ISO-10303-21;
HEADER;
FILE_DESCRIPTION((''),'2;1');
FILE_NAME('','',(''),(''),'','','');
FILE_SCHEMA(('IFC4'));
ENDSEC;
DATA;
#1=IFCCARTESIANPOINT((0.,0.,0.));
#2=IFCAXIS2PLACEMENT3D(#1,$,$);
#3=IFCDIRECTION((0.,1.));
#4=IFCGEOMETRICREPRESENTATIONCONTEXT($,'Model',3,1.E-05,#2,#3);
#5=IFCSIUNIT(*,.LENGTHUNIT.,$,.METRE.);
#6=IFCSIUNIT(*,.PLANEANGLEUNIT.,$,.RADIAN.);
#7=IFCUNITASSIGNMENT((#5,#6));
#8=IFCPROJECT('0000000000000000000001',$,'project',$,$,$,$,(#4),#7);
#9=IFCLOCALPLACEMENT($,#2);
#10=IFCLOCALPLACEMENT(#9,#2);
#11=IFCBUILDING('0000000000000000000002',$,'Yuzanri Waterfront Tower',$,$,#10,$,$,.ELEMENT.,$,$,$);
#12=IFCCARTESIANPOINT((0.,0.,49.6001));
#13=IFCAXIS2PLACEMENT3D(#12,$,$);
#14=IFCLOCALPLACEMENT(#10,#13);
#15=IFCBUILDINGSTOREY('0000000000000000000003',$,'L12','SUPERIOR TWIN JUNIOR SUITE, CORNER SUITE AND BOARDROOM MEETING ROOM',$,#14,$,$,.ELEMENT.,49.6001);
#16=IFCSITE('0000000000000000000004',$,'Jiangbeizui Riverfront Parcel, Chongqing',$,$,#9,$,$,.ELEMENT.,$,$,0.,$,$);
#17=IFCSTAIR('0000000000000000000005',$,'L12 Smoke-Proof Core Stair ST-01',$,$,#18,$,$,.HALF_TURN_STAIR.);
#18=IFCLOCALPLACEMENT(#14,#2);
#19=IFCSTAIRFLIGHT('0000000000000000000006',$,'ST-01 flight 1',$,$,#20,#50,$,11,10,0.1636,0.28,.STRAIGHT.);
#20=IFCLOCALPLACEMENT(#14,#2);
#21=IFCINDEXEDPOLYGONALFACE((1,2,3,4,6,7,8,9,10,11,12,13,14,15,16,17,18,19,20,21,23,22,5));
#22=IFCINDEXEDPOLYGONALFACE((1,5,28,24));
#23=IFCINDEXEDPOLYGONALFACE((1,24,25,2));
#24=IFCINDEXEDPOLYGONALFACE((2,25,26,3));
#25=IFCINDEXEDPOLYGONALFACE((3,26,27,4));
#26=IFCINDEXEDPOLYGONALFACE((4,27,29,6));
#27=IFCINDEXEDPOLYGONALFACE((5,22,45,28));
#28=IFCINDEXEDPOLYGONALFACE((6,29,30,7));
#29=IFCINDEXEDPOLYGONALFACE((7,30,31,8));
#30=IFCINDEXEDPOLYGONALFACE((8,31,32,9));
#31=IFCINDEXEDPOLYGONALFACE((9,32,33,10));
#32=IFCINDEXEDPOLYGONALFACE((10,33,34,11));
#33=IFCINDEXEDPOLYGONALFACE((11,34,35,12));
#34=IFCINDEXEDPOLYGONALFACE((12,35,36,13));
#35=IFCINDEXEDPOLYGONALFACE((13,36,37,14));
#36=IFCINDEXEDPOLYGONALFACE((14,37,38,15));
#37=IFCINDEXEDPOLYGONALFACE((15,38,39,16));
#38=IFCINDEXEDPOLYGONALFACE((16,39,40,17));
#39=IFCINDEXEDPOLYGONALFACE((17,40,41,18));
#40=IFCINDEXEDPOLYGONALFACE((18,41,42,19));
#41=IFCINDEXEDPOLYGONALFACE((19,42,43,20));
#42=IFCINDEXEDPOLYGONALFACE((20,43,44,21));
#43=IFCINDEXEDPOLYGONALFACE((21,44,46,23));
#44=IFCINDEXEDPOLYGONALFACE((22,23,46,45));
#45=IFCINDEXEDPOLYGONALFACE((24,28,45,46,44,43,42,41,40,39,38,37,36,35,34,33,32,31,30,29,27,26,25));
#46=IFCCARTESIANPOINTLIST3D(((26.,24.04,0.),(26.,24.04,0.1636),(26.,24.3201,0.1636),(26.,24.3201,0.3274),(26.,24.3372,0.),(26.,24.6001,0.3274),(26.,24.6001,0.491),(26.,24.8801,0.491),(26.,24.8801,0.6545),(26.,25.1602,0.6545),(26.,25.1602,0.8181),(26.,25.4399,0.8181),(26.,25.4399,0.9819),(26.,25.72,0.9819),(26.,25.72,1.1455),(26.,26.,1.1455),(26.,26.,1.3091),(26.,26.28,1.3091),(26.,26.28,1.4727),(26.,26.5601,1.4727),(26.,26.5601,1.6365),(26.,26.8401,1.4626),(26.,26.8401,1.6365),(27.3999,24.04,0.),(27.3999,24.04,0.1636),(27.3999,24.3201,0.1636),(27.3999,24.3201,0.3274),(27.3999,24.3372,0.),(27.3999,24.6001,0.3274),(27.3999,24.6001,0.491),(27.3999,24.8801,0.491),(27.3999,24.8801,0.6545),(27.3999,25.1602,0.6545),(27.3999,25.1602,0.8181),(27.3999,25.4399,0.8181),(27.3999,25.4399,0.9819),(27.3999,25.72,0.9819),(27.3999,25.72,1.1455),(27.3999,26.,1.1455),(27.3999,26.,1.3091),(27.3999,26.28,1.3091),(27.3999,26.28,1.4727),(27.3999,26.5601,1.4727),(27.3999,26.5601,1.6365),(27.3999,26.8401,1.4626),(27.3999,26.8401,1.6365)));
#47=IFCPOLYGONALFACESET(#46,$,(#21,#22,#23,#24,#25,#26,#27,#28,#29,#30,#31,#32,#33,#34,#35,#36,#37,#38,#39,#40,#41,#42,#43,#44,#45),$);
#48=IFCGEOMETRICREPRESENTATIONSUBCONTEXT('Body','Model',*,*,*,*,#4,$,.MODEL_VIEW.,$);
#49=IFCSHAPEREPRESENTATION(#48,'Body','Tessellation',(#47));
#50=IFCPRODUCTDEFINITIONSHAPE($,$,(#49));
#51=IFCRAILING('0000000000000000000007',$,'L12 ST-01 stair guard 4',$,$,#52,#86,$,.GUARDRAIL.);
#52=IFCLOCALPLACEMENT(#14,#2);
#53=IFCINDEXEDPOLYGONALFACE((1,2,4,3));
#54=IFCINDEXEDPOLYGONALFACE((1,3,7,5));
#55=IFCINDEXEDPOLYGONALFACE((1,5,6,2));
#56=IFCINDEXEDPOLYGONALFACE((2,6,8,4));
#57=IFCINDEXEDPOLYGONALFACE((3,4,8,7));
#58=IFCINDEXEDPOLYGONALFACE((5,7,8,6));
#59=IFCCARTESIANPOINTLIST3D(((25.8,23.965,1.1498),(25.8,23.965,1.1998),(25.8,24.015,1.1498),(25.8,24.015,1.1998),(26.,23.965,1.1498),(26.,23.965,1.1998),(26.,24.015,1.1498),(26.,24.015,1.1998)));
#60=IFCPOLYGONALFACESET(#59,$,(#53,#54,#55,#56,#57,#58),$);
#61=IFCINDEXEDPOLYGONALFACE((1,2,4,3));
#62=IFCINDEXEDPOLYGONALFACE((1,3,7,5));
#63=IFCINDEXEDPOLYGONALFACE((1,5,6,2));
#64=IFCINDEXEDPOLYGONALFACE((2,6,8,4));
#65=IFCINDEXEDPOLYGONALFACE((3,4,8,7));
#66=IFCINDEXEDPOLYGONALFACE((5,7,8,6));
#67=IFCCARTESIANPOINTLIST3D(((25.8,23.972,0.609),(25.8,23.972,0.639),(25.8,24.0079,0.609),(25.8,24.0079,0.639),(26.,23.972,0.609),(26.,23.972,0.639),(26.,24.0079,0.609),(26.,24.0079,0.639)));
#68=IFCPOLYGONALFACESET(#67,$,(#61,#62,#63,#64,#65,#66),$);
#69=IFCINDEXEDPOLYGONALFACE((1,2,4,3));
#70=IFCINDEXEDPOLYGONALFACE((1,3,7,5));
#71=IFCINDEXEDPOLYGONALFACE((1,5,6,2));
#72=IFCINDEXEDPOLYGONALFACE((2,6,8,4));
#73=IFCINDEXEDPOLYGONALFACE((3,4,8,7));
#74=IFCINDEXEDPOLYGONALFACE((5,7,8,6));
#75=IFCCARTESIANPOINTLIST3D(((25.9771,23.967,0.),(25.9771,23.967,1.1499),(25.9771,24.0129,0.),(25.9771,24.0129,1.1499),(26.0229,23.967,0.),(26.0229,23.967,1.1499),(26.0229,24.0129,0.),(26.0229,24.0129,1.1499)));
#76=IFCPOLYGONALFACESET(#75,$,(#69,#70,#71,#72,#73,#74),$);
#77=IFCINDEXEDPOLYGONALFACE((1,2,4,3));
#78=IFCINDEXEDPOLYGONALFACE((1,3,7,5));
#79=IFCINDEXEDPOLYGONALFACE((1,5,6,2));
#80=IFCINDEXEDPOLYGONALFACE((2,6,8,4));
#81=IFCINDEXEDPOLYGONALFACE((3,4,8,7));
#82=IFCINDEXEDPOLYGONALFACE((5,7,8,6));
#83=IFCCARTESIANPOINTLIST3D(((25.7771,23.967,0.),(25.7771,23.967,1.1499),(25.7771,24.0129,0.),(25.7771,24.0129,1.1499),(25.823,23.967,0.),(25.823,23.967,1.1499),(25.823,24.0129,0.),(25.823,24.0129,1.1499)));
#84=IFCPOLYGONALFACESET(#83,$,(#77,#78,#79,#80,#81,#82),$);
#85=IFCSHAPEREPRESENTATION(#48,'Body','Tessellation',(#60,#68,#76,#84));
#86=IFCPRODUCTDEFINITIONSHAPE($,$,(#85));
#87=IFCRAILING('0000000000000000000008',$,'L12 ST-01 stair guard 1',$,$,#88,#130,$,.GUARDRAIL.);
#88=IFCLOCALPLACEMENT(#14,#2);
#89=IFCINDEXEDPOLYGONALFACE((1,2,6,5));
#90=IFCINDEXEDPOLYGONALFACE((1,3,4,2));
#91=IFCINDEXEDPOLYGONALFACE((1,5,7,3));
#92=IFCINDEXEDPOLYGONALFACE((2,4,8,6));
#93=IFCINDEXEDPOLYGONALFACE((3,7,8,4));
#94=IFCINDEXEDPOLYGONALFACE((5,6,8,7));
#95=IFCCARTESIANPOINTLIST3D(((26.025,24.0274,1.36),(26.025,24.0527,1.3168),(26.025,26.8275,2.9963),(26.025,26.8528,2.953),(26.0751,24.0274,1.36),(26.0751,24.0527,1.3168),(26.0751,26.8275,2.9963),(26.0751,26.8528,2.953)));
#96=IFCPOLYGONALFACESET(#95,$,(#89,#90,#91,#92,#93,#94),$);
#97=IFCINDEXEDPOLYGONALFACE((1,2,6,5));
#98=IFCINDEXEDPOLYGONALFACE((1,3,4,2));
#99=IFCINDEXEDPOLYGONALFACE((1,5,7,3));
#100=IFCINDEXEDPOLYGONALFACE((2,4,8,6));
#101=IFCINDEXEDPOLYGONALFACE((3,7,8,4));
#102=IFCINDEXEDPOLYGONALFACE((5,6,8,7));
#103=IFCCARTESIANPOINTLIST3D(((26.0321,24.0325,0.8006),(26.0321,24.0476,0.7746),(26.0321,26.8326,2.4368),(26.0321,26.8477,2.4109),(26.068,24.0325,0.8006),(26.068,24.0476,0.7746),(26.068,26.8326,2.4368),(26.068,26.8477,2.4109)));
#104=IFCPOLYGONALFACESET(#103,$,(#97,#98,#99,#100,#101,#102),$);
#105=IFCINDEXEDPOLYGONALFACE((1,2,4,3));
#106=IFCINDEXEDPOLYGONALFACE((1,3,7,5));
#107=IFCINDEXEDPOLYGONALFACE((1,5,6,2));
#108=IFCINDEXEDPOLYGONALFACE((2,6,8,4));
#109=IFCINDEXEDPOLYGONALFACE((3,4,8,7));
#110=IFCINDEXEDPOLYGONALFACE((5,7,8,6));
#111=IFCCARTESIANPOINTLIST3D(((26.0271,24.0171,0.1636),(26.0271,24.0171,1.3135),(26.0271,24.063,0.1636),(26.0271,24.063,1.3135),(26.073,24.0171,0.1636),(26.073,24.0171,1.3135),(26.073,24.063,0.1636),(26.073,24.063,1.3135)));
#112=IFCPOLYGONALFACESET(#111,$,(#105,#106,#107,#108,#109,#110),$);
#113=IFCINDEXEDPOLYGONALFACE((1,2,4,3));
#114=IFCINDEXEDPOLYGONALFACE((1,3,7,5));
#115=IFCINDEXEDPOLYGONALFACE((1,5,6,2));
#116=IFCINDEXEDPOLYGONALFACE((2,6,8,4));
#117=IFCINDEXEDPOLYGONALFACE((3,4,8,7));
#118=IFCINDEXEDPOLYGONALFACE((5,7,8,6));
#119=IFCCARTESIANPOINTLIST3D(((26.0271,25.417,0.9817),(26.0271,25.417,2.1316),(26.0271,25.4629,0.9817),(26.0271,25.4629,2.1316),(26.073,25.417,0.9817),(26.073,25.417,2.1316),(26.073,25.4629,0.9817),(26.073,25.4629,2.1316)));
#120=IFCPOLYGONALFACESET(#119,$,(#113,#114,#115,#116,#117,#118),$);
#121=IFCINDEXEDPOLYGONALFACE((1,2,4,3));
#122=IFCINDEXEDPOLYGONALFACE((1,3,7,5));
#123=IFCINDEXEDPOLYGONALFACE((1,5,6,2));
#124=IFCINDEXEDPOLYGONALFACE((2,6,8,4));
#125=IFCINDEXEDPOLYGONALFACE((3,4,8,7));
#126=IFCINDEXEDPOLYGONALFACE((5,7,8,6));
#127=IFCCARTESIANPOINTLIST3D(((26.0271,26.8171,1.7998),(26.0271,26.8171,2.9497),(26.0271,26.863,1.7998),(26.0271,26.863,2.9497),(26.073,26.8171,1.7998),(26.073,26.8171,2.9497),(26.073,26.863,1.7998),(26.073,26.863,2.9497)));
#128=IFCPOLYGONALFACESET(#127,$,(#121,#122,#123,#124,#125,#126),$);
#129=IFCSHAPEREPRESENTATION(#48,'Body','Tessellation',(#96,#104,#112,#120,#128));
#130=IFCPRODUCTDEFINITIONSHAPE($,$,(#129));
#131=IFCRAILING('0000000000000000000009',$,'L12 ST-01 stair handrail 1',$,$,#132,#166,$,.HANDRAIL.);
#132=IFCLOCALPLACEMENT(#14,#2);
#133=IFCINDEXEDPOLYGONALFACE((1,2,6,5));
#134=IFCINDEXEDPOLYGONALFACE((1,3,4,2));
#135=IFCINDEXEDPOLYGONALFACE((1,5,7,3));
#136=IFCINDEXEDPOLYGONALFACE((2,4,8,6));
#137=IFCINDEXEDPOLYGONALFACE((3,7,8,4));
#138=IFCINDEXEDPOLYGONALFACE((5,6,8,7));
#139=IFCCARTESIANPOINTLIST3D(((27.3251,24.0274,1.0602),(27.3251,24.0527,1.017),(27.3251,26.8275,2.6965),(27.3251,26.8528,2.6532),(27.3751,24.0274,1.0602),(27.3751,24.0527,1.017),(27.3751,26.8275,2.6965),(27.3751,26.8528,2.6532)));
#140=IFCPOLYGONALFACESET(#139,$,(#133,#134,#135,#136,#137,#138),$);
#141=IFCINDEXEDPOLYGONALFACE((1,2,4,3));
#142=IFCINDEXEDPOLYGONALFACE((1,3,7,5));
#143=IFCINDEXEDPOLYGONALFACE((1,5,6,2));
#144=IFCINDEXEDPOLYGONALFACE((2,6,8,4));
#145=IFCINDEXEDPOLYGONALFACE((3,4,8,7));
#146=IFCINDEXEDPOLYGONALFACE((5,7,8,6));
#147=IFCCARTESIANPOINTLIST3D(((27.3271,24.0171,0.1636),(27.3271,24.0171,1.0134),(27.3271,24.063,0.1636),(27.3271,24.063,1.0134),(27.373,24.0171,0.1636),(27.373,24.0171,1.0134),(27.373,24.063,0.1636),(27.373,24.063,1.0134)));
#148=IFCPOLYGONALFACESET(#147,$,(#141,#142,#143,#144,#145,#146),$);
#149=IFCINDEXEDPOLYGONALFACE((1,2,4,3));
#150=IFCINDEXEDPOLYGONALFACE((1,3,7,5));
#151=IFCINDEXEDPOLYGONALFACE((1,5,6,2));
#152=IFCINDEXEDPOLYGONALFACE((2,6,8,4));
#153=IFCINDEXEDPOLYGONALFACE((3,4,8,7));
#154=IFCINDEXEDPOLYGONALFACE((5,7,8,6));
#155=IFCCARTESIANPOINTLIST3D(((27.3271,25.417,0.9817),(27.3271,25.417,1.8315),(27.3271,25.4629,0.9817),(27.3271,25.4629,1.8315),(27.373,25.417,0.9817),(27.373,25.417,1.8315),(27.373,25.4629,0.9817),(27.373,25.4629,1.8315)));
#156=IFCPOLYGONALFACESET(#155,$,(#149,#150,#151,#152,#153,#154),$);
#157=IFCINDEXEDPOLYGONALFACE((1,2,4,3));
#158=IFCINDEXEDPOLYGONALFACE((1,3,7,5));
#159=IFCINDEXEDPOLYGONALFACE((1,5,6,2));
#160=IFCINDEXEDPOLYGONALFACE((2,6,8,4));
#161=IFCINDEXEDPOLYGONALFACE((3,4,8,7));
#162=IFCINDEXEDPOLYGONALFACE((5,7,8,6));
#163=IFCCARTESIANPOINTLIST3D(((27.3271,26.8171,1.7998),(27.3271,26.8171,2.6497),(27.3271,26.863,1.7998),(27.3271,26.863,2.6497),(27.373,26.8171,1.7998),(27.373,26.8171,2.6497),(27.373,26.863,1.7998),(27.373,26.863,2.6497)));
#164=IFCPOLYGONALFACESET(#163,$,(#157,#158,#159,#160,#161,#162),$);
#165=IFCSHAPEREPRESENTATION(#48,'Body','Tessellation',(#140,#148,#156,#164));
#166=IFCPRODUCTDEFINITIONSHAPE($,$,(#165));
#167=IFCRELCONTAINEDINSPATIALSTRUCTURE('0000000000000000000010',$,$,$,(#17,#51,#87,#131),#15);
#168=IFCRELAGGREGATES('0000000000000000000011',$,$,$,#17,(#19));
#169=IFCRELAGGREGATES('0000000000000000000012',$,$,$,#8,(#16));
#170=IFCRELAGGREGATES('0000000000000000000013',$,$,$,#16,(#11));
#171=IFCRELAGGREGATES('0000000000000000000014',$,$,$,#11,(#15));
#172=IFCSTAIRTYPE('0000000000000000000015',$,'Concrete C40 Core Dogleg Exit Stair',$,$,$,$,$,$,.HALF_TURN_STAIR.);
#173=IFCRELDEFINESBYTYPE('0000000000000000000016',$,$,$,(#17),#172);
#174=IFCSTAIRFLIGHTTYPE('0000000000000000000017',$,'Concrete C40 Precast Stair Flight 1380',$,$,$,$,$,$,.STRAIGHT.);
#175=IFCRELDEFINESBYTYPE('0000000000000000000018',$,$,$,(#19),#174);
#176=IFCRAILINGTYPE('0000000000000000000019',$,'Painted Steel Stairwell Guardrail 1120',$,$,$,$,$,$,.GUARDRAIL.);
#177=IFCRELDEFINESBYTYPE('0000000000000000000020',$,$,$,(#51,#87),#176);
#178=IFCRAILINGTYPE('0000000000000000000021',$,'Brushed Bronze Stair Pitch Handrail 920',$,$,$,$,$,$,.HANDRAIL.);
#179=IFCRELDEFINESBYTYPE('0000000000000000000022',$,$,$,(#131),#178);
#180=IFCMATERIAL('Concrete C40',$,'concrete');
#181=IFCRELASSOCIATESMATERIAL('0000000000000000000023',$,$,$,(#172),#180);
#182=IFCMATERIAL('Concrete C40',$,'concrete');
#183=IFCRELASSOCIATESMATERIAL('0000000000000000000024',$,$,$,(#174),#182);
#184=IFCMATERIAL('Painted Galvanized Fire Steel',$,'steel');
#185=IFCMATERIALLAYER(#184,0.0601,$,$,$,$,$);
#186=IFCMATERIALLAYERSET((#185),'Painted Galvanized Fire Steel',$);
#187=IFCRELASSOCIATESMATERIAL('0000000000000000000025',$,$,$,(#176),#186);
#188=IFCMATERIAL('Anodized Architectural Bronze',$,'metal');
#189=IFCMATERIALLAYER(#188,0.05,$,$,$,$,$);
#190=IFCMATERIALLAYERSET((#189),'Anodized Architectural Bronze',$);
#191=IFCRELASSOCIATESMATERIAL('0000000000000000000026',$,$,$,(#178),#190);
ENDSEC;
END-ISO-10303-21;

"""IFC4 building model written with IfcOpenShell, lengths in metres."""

from ifc_helpers import new_model, si_unit, direction, frame, origin, origin_2d, place, context, subcontext, project, spatial, polyline, rectangle, outline, extrude, source, transform, mapped, material, layer, layer_set, type_object, element, aggregate, save


model = new_model("IFC4")

# Units and contexts
model_context = context("Model", 3, precision=1e-05, world=origin(), true_north=direction((0.0, 1.0)))
body_context = subcontext(model_context, "Body", "Model", "MODEL_VIEW")
ifc_project = project(units=[si_unit("LENGTHUNIT", "METRE"), si_unit("PLANEANGLEUNIT", "RADIAN")], contexts=[model_context])

# Site, building, storey
site_placement = place(None, origin())
site = spatial("IfcSite", under=ifc_project, at=site_placement, Name="Jiangbeizui Riverfront Parcel, Chongqing", CompositionType="ELEMENT", RefElevation=0.0)
building_placement = place(site_placement, origin())
building = spatial("IfcBuilding", under=site, at=building_placement, Name="Yuzanri Waterfront Tower", CompositionType="ELEMENT")
storey_placement = place(building_placement, frame((0.0, 0.0, 49.6001)))
storey = spatial("IfcBuildingStorey", under=building, at=storey_placement, Name="L12", Description="SUPERIOR TWIN JUNIOR SUITE, CORNER SUITE AND BOARDROOM MEETING ROOM", CompositionType="ELEMENT", Elevation=49.6001)

# Stair, stair flight
ifc_material_1 = material(Name="Concrete C40", Category="concrete")
stair_type = type_object("IfcStairType", Name="Concrete C40 Core Dogleg Exit Stair", PredefinedType="HALF_TURN_STAIR", material=ifc_material_1)
stair_placement = place(storey_placement, origin())
stair = element("IfcStair", 1, at=stair_placement, inside=storey, type_object=stair_type, Name="L12 Smoke-Proof Core Stair ST-01", PredefinedType="HALF_TURN_STAIR")
ifc_material_2 = material(Name="Concrete C40", Category="concrete")
stair_flight_type = type_object("IfcStairFlightType", Name="Concrete C40 Precast Stair Flight 1380", PredefinedType="STRAIGHT", material=ifc_material_2)
shared_shape_1 = source(origin(), body_context, "Body", "SweptSolid", [
    extrude(outline(polyline([(0.0, 0.0), (0.0, 0.1636), (0.28, 0.1636), (0.28, 0.3274), (0.5601, 0.3274), (0.5601, 0.491), (0.8401, 0.491), (0.8401, 0.6545), (1.1201, 0.6545), (1.1201, 0.8181), (1.3999, 0.8181), (1.3999, 0.9819), (1.6799, 0.9819), (1.6799, 1.1455), (1.96, 1.1455), (1.96, 1.3091), (2.24, 1.3091), (2.24, 1.4727), (2.52, 1.4727), (2.52, 1.6365), (2.8, 1.6365), (2.8, 1.8), (2.8, 1.4626), (0.2971, 0.0), (0.0, 0.0)])), frame((0.0, 0.7, 0.0), z_axis=(0.0, -1.0, 0.0), x_axis=(1.0, 0.0, 0.0)), (0.0, 0.0, 1.0), 1.3999),
])
stair_flight_placement = place(storey_placement, frame((26.7, 24.04, 0.0), z_axis=(0.0, 0.0, 1.0), x_axis=(0.0, 1.0, 0.0)))
stair_flight = element("IfcStairFlight", 2, at=stair_flight_placement, type_object=stair_flight_type, Name="ST-01 flight 1", NumberOfRisers=11, NumberOfTreads=10, PredefinedType="STRAIGHT", RiserHeight=0.1636, TreadLength=0.28, context=body_context, shape_type="MappedRepresentation", body=[
    mapped(shared_shape_1, transform((0.0, 0.0, 0.0), scale=1.0)),
])
aggregate(stair, [stair_flight])

# Railings
ifc_material_3 = material(Name="Painted Galvanized Fire Steel", Category="steel")
ifc_layer_1 = layer(ifc_material_3, 0.0601)
ifc_layer_set_1 = layer_set([ifc_layer_1], Name="Painted Galvanized Fire Steel")
railing_type_1 = type_object("IfcRailingType", Name="Painted Steel Stairwell Guardrail 1120", PredefinedType="GUARDRAIL", material=ifc_layer_set_1)
shared_shape_2 = source(origin(), body_context, "Body", "SweptSolid", [
    extrude(rectangle(XDim=0.05, YDim=0.05, at=origin_2d()), frame((0.0, 0.0, 1.1748), z_axis=(-1.0, 0.0, 0.0), x_axis=(0.0, -1.0, 0.0)), (0.0, 0.0, 1.0), 0.2),
    extrude(rectangle(XDim=0.0359, YDim=0.03, at=origin_2d()), frame((0.0, 0.0, 0.624), z_axis=(-1.0, 0.0, 0.0), x_axis=(0.0, -1.0, 0.0)), (0.0, 0.0, 1.0), 0.2),
    extrude(rectangle(XDim=0.0459, YDim=0.0459, at=origin_2d()), origin(), (0.0, 0.0, 1.0), 1.1499),
    extrude(rectangle(XDim=0.0459, YDim=0.0459, at=origin_2d()), frame((-0.2, 0.0, 0.0)), (0.0, 0.0, 1.0), 1.1499),
])
railing_1_placement = place(storey_placement, frame((26.0, 23.99, 0.0)))
element("IfcRailing", 3, at=railing_1_placement, inside=storey, type_object=railing_type_1, Name="L12 ST-01 stair guard 4", PredefinedType="GUARDRAIL", context=body_context, shape_type="MappedRepresentation", body=[
    mapped(shared_shape_2, transform((0.0, 0.0, 0.0), scale=1.0)),
])
shared_shape_3 = source(origin(), body_context, "Body", "SweptSolid", [
    extrude(rectangle(XDim=0.05, YDim=0.05, at=origin_2d()), frame((0.0, 0.0, 1.1748), z_axis=(0.0, 0.863394, 0.504531), x_axis=(-1.0, 0.0, 0.0)), (0.0, 0.0, 1.0), 3.2432),
    extrude(rectangle(XDim=0.0359, YDim=0.03, at=origin_2d()), frame((0.0, 0.0, 0.624), z_axis=(0.0, 0.863394, 0.504531), x_axis=(-1.0, 0.0, 0.0)), (0.0, 0.0, 1.0), 3.2432),
    extrude(rectangle(XDim=0.0459, YDim=0.0459, at=origin_2d()), origin(), (0.0, 0.0, 1.0), 1.1499),
    extrude(rectangle(XDim=0.0459, YDim=0.0459, at=origin_2d()), frame((0.0, 1.3999, 0.8181)), (0.0, 0.0, 1.0), 1.1499),
    extrude(rectangle(XDim=0.0459, YDim=0.0459, at=origin_2d()), frame((0.0, 2.8, 1.6362)), (0.0, 0.0, 1.0), 1.1499),
])
railing_2_placement = place(storey_placement, frame((26.05, 24.04, 0.1636)))
element("IfcRailing", 4, at=railing_2_placement, inside=storey, type_object=railing_type_1, Name="L12 ST-01 stair guard 1", PredefinedType="GUARDRAIL", context=body_context, shape_type="MappedRepresentation", body=[
    mapped(shared_shape_3, transform((0.0, 0.0, 0.0), scale=1.0)),
])
ifc_material_4 = material(Name="Anodized Architectural Bronze", Category="metal")
ifc_layer_2 = layer(ifc_material_4, 0.05)
ifc_layer_set_2 = layer_set([ifc_layer_2], Name="Anodized Architectural Bronze")
railing_type_2 = type_object("IfcRailingType", Name="Brushed Bronze Stair Pitch Handrail 920", PredefinedType="HANDRAIL", material=ifc_layer_set_2)
shared_shape_4 = source(origin(), body_context, "Body", "SweptSolid", [
    extrude(rectangle(XDim=0.05, YDim=0.05, at=origin_2d()), frame((0.0, 0.0, 0.875), z_axis=(0.0, 0.863394, 0.504531), x_axis=(-1.0, 0.0, 0.0)), (0.0, 0.0, 1.0), 3.2432),
    extrude(rectangle(XDim=0.0459, YDim=0.0459, at=origin_2d()), origin(), (0.0, 0.0, 1.0), 0.8499),
    extrude(rectangle(XDim=0.0459, YDim=0.0459, at=origin_2d()), frame((0.0, 1.3999, 0.8181)), (0.0, 0.0, 1.0), 0.8499),
    extrude(rectangle(XDim=0.0459, YDim=0.0459, at=origin_2d()), frame((0.0, 2.8, 1.6362)), (0.0, 0.0, 1.0), 0.8499),
])
railing_3_placement = place(storey_placement, frame((27.3501, 24.04, 0.1636)))
element("IfcRailing", 5, at=railing_3_placement, inside=storey, type_object=railing_type_2, Name="L12 ST-01 stair handrail 1", PredefinedType="HANDRAIL", context=body_context, shape_type="MappedRepresentation", body=[
    mapped(shared_shape_4, transform((0.0, 0.0, 0.0), scale=1.0)),
])

save(model, "model.ifc")
